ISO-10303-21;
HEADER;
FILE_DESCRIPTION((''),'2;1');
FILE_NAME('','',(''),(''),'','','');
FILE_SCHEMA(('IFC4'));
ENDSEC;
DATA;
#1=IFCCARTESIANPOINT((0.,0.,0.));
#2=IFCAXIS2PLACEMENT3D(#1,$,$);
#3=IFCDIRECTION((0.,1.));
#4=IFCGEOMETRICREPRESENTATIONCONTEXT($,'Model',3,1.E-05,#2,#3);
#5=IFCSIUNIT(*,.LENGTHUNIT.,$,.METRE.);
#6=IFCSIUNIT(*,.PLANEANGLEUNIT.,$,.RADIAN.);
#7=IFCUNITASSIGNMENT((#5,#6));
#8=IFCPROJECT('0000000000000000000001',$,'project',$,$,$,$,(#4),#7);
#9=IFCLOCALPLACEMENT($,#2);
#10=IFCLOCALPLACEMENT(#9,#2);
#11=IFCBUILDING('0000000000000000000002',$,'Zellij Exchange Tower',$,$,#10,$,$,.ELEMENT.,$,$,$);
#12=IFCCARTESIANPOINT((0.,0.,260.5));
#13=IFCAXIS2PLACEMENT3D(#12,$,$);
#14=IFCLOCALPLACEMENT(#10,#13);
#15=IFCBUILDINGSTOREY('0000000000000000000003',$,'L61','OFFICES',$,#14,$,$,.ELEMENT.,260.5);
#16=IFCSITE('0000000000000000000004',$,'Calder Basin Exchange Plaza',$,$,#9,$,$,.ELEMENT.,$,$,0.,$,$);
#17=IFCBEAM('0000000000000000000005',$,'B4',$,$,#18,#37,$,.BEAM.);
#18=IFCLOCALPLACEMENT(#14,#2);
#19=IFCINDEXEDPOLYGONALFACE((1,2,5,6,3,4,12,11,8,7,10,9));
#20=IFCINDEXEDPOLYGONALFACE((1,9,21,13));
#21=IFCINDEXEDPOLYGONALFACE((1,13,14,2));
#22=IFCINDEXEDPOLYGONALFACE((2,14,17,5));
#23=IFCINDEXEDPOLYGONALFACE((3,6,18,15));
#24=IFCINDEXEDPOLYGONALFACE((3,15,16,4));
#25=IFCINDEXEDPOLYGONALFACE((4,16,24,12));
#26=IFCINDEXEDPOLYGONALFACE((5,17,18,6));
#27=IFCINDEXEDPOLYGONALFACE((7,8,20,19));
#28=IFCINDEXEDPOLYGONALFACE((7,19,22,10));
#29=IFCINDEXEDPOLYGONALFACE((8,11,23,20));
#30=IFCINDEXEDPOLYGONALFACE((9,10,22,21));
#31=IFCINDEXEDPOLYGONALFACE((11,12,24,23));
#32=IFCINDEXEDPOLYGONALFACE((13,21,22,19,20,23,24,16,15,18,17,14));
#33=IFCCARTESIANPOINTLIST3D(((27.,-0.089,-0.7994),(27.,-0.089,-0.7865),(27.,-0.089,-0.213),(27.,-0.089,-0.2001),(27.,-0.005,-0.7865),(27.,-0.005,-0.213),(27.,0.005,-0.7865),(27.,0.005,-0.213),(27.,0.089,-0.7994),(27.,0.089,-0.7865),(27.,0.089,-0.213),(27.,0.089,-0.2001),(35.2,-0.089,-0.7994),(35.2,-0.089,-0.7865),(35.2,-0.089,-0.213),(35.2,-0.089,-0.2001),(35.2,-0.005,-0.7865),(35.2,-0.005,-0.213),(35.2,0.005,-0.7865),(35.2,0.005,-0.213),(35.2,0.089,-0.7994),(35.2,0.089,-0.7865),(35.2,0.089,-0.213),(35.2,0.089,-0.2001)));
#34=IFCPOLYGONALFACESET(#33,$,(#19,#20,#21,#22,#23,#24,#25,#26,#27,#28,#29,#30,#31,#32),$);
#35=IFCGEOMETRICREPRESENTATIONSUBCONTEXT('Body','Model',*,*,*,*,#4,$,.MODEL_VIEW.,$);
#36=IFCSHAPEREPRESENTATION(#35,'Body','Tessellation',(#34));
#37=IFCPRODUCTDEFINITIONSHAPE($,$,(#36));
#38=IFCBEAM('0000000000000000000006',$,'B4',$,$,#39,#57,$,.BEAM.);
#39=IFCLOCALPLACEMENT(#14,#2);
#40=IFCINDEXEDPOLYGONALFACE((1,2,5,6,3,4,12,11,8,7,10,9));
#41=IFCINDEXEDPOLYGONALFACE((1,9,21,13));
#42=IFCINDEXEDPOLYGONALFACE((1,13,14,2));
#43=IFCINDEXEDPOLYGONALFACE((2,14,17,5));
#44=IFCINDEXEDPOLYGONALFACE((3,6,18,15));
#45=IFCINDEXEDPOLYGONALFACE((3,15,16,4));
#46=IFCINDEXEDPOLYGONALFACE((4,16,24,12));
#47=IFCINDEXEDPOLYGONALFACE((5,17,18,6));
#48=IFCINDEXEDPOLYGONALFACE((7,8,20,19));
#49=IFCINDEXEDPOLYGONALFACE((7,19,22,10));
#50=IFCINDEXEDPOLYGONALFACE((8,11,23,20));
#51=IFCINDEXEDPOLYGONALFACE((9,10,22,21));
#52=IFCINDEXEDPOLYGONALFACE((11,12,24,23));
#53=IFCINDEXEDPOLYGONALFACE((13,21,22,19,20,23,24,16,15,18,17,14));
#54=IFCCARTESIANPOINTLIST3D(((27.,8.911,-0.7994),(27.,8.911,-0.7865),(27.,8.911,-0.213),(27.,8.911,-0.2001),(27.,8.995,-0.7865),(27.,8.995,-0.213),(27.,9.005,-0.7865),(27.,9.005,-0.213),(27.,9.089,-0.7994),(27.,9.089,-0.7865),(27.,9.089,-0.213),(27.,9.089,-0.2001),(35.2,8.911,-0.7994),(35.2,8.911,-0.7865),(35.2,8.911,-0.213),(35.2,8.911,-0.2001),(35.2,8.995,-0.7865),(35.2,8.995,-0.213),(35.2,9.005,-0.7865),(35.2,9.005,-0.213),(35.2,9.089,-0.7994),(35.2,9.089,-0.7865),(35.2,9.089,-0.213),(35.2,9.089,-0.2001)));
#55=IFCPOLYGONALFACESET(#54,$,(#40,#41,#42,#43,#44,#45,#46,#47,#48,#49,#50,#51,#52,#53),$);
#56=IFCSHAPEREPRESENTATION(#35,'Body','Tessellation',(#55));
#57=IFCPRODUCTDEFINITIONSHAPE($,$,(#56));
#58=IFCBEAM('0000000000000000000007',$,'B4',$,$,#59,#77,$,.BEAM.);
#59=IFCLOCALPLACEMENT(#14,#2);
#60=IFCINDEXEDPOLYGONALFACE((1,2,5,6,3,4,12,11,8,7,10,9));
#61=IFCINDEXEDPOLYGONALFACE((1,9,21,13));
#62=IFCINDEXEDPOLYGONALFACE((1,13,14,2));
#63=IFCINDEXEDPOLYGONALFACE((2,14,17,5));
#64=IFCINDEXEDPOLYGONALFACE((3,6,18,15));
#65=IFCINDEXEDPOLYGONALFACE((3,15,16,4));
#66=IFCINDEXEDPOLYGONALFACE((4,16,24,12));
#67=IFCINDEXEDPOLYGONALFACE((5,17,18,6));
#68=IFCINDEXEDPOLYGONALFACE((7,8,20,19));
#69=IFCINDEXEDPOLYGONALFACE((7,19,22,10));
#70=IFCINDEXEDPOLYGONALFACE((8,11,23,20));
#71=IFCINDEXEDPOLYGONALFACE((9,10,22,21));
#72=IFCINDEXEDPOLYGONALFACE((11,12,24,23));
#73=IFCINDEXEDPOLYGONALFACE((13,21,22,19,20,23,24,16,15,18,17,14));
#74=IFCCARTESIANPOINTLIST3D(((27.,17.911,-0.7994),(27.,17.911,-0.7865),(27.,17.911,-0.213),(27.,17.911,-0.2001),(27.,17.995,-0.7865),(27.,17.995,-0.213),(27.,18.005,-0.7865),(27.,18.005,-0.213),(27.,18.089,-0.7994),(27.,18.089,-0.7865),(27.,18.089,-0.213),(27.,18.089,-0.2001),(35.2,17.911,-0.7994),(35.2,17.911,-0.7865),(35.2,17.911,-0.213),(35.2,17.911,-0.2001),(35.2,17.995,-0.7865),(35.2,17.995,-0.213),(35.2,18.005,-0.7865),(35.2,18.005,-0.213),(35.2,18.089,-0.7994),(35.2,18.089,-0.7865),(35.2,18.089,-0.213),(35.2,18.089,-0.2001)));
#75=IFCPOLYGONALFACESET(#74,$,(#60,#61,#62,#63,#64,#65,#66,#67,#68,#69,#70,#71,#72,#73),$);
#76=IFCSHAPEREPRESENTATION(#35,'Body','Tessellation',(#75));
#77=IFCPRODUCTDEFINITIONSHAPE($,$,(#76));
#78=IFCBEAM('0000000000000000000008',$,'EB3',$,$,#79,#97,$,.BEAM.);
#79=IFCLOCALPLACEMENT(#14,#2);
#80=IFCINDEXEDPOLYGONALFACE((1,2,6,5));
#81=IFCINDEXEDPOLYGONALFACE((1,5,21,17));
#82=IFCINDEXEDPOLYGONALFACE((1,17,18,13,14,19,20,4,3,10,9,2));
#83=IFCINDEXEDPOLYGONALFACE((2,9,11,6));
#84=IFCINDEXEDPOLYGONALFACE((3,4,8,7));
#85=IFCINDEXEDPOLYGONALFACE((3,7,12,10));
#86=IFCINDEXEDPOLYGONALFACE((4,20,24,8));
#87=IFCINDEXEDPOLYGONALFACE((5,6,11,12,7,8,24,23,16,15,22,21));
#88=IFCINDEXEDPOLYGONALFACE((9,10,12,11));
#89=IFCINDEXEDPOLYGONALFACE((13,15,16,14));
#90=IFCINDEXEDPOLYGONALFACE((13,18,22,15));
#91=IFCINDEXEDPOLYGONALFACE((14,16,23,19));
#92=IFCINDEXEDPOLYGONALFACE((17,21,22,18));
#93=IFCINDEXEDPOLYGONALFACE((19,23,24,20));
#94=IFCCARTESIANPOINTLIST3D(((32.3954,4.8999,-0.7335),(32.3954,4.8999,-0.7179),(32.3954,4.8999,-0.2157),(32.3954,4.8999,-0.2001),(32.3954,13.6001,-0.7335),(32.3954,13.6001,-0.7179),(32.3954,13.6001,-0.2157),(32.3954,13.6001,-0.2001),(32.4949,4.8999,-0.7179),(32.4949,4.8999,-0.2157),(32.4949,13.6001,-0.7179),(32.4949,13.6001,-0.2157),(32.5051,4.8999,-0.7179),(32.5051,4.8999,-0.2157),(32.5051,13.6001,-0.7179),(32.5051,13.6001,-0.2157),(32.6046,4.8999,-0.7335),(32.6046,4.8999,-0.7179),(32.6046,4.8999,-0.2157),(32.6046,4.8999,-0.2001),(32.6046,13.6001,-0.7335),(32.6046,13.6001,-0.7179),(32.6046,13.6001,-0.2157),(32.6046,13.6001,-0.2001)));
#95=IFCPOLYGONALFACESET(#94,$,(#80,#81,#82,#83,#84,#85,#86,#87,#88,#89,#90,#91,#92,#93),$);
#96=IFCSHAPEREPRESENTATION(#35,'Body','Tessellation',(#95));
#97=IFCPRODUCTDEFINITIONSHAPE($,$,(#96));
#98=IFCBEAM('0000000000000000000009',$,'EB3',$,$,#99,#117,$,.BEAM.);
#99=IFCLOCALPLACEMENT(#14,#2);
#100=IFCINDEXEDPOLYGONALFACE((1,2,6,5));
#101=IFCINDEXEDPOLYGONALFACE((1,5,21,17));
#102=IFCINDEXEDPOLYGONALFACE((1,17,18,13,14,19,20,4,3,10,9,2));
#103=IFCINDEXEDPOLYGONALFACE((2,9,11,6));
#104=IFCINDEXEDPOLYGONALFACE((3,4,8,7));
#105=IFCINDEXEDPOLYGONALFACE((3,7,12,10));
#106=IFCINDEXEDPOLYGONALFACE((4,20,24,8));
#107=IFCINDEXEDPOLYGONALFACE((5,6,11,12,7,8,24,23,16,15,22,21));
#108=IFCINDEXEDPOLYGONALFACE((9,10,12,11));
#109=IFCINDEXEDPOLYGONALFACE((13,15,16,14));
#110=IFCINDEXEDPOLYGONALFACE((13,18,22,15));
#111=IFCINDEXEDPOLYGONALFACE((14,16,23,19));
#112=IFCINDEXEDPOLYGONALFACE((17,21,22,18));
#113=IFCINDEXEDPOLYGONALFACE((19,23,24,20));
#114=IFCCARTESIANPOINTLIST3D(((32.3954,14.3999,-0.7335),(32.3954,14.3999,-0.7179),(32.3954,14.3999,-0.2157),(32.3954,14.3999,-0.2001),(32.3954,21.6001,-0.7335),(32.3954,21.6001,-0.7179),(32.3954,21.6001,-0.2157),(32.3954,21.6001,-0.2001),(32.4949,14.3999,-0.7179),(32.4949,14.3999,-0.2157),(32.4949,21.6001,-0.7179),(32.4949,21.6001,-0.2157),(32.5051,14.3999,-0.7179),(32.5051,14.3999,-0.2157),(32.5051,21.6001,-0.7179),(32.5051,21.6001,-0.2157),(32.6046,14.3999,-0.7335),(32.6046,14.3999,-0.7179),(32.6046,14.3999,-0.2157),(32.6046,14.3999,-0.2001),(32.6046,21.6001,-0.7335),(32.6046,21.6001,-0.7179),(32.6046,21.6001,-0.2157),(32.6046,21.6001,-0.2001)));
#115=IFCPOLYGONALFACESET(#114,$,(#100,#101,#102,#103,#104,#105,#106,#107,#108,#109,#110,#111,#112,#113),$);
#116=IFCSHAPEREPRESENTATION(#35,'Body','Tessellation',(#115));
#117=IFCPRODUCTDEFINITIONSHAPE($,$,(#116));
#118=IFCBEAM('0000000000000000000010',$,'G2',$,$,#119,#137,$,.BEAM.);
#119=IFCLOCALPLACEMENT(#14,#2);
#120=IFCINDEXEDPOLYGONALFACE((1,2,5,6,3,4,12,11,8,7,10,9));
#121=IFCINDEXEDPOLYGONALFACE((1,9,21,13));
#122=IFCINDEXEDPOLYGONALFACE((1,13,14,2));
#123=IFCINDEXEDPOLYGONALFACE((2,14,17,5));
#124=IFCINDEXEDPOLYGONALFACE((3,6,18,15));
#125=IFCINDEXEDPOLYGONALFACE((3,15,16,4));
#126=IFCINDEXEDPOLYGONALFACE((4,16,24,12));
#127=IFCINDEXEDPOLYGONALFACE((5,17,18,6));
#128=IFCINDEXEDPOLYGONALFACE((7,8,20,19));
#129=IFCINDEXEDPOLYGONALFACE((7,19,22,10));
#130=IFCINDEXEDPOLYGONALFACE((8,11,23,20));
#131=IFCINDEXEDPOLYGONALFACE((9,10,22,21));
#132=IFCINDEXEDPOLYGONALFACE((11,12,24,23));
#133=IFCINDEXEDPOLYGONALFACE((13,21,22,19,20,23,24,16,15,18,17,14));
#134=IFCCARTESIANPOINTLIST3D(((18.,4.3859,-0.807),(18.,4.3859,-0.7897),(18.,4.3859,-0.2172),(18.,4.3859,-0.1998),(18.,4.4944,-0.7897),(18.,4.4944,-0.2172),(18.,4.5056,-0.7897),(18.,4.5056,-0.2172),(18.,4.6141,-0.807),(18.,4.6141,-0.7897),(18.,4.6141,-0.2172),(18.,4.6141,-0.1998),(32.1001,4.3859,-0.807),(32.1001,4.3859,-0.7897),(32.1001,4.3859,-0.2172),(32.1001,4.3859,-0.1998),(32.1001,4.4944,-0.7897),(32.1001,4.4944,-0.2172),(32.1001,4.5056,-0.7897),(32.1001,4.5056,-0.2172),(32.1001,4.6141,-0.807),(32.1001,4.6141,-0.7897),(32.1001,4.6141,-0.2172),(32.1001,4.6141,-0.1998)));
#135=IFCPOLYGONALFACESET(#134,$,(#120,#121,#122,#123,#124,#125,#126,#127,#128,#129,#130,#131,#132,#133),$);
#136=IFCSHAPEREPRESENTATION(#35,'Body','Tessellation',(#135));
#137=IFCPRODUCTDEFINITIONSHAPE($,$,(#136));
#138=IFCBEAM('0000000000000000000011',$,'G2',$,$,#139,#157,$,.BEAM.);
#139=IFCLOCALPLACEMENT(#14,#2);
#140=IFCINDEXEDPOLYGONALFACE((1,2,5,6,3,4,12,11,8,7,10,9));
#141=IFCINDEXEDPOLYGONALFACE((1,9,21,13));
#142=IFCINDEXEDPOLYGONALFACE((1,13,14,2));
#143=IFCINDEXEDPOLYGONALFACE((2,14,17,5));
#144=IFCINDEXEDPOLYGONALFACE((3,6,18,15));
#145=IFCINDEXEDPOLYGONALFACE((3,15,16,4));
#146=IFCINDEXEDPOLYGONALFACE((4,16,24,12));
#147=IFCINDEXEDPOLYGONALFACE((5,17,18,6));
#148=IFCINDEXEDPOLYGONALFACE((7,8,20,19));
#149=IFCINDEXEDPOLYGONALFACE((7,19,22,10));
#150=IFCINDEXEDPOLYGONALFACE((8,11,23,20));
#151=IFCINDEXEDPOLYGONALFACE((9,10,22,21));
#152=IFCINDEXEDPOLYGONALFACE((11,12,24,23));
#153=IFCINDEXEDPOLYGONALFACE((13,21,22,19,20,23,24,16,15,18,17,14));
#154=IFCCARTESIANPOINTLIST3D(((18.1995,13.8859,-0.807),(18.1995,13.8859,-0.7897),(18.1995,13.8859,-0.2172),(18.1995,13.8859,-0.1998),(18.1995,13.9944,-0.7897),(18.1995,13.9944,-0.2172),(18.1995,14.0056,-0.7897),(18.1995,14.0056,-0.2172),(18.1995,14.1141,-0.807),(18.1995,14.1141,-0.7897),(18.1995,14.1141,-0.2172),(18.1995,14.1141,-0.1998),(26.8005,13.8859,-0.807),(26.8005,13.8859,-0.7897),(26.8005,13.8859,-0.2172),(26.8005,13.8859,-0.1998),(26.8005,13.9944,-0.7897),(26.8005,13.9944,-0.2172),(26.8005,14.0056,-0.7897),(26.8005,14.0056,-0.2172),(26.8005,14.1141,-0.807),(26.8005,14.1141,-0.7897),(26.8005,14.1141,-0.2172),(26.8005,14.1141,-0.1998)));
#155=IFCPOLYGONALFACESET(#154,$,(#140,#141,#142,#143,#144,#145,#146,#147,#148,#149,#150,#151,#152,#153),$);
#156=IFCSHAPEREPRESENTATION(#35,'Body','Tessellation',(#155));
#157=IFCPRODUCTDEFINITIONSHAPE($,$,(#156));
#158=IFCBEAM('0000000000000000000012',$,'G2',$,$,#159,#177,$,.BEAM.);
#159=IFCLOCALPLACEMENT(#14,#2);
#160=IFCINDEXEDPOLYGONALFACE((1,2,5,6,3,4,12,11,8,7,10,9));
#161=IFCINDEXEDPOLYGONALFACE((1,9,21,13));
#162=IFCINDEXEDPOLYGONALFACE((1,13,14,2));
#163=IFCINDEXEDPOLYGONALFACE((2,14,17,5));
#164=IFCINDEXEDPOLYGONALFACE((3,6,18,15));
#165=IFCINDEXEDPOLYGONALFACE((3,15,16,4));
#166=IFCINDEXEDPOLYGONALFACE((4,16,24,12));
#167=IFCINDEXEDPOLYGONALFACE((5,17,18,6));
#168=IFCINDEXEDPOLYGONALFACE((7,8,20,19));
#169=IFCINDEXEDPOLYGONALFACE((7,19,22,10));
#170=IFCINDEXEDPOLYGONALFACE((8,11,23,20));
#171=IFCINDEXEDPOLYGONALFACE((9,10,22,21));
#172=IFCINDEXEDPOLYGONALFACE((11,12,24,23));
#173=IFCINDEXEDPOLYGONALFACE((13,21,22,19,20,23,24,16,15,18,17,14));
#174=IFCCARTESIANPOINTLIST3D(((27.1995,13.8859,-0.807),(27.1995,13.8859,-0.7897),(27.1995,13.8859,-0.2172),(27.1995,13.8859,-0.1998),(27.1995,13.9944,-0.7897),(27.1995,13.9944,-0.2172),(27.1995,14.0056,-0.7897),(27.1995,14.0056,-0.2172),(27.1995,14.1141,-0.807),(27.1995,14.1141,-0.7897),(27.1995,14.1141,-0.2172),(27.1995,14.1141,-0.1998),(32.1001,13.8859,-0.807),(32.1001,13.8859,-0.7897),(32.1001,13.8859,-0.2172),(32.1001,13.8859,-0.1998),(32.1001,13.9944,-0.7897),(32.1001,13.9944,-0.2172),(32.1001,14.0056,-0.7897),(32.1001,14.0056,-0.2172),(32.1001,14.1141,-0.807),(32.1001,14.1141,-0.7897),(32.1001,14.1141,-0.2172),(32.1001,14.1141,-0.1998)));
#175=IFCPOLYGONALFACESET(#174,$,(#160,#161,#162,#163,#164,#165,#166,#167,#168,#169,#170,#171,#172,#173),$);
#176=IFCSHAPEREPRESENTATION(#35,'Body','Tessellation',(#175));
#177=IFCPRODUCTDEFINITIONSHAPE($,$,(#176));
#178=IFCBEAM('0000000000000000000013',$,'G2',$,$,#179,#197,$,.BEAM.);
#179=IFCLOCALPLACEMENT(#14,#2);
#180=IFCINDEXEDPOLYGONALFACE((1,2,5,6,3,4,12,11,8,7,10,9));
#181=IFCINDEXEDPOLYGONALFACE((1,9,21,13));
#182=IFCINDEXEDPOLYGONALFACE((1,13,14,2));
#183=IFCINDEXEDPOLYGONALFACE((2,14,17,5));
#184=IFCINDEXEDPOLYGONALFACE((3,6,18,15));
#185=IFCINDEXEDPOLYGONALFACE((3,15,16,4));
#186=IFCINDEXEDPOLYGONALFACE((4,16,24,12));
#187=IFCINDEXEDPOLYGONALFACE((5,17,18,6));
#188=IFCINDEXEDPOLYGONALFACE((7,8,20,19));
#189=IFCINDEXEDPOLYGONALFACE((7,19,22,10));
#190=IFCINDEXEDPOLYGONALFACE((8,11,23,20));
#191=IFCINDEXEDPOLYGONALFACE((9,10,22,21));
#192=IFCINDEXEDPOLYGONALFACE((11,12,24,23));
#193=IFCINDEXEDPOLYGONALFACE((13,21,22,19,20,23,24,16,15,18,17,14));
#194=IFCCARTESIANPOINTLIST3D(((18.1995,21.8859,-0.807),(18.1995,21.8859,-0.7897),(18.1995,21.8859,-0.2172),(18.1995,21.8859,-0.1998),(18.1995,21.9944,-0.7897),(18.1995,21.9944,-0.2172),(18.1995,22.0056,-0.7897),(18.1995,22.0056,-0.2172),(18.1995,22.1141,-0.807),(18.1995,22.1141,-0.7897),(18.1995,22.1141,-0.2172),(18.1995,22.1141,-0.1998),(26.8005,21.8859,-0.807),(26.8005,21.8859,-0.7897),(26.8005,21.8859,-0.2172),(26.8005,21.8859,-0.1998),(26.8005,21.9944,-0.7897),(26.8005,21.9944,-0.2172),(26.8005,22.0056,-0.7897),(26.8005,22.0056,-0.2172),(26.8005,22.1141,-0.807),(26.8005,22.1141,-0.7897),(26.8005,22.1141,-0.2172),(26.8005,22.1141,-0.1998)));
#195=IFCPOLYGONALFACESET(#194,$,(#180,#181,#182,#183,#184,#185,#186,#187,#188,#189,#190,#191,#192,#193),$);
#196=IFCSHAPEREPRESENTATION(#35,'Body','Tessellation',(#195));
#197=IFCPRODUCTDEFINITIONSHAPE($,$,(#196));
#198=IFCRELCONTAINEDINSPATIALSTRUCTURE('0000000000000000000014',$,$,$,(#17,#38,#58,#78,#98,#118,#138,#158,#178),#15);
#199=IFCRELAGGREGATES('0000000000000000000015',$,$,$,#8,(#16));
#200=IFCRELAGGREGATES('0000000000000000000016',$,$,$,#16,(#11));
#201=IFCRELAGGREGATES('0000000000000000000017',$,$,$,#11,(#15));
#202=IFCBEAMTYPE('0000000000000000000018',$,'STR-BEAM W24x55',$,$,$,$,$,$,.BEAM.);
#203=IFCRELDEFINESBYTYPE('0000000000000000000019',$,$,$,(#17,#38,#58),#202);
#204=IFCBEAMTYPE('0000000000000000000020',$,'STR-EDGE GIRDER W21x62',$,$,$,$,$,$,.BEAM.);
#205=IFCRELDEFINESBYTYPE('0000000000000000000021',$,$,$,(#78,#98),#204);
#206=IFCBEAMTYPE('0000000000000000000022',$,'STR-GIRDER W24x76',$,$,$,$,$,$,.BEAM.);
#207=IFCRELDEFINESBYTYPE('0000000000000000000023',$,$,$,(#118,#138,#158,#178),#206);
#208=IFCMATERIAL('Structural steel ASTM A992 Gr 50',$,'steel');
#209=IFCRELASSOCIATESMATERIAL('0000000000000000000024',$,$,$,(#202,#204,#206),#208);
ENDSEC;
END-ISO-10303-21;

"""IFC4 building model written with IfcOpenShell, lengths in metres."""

from ifc_helpers import new_model, si_unit, direction, frame, origin, origin_2d, place, context, subcontext, project, spatial, i_section, extrude, material, material_profile, profile_set, type_object, element, save


model = new_model("IFC4")

# Units and contexts
model_context = context("Model", 3, precision=1e-05, world=origin(), true_north=direction((0.0, 1.0)))
body_context = subcontext(model_context, "Body", "Model", "MODEL_VIEW")
ifc_project = project(units=[si_unit("LENGTHUNIT", "METRE"), si_unit("PLANEANGLEUNIT", "RADIAN")], contexts=[model_context])

# Site, building, storey
site_placement = place(None, origin())
site = spatial("IfcSite", under=ifc_project, at=site_placement, Name="Calder Basin Exchange Plaza", CompositionType="ELEMENT", RefElevation=0.0)
building_placement = place(site_placement, origin())
building = spatial("IfcBuilding", under=site, at=building_placement, Name="Zellij Exchange Tower", CompositionType="ELEMENT")
storey_placement = place(building_placement, frame((0.0, 0.0, 260.5)))
storey = spatial("IfcBuildingStorey", under=building, at=storey_placement, Name="L61", Description="OFFICES", CompositionType="ELEMENT", Elevation=260.5)

# Shared definitions
ifc_material_1 = material(Name="Structural steel ASTM A992 Gr 50", Category="steel")

# Beams
ifc_material_profile_1 = material_profile(ifc_material_1, i_section(OverallWidth=0.178, OverallDepth=0.5994, WebThickness=0.01, FlangeThickness=0.0129, at=origin_2d()), Name="W24x55")
ifc_profile_set_1 = profile_set([ifc_material_profile_1], Name="Structural steel ASTM A992 Gr 50")
beam_type_1 = type_object("IfcBeamType", Name="STR-BEAM W24x55", PredefinedType="BEAM", material=ifc_profile_set_1)
for number, where, z_axis, x_axis, name in (
    (1, (27.0, 0.0, -0.4998), (1.0, 0.0, 0.0), (0.0, 1.0, 0.0), "B4"),
    (2, (27.0, 9.0, -0.4998), (1.0, 0.0, 0.0), (0.0, 1.0, 0.0), "B4"),
    (3, (27.0, 18.0, -0.4998), (1.0, 0.0, 0.0), (0.0, 1.0, 0.0), "B4"),
):
    element("IfcBeam", number, at=place(storey_placement, frame(where, z_axis=z_axis, x_axis=x_axis)), inside=storey, type_object=beam_type_1, Name=name, PredefinedType="BEAM", context=body_context, shape_type="SweptSolid", body=[
        extrude(i_section(OverallWidth=0.178, OverallDepth=0.5994, WebThickness=0.01, FlangeThickness=0.0129, at=origin_2d()), origin(), (0.0, 0.0, 1.0), 8.2),
    ])
ifc_material_profile_2 = material_profile(ifc_material_1, i_section(OverallWidth=0.2092, OverallDepth=0.5334, WebThickness=0.0103, FlangeThickness=0.0156, at=origin_2d()), Name="W21x62")
ifc_profile_set_2 = profile_set([ifc_material_profile_2], Name="Structural steel ASTM A992 Gr 50")
beam_type_2 = type_object("IfcBeamType", Name="STR-EDGE GIRDER W21x62", PredefinedType="BEAM", material=ifc_profile_set_2)
beam_1_placement = place(storey_placement, frame((32.5, 4.8999, -0.4668), z_axis=(0.0, 1.0, 0.0), x_axis=(-1.0, 0.0, 0.0)))
element("IfcBeam", 4, at=beam_1_placement, inside=storey, type_object=beam_type_2, Name="EB3", PredefinedType="BEAM", context=body_context, shape_type="SweptSolid", body=[
    extrude(i_section(OverallWidth=0.2092, OverallDepth=0.5334, WebThickness=0.0103, FlangeThickness=0.0156, at=origin_2d()), origin(), (0.0, 0.0, 1.0), 8.7002),
])
beam_2_placement = place(storey_placement, frame((32.5, 14.3999, -0.4668), z_axis=(0.0, 1.0, 0.0), x_axis=(-1.0, 0.0, 0.0)))
element("IfcBeam", 5, at=beam_2_placement, inside=storey, type_object=beam_type_2, Name="EB3", PredefinedType="BEAM", context=body_context, shape_type="SweptSolid", body=[
    extrude(i_section(OverallWidth=0.2092, OverallDepth=0.5334, WebThickness=0.0103, FlangeThickness=0.0156, at=origin_2d()), origin(), (0.0, 0.0, 1.0), 7.2002),
])
ifc_material_profile_3 = material_profile(ifc_material_1, i_section(OverallWidth=0.2283, OverallDepth=0.6072, WebThickness=0.0112, FlangeThickness=0.0173, at=origin_2d()), Name="W24x76")
ifc_profile_set_3 = profile_set([ifc_material_profile_3], Name="Structural steel ASTM A992 Gr 50")
beam_type_3 = type_object("IfcBeamType", Name="STR-GIRDER W24x76", PredefinedType="BEAM", material=ifc_profile_set_3)
beam_3_placement = place(storey_placement, frame((18.0, 4.5, -0.5034), z_axis=(1.0, 0.0, 0.0), x_axis=(0.0, 1.0, 0.0)))
element("IfcBeam", 6, at=beam_3_placement, inside=storey, type_object=beam_type_3, Name="G2", PredefinedType="BEAM", context=body_context, shape_type="SweptSolid", body=[
    extrude(i_section(OverallWidth=0.2283, OverallDepth=0.6072, WebThickness=0.0112, FlangeThickness=0.0173, at=origin_2d()), origin(), (0.0, 0.0, 1.0), 14.1001),
])
beam_4_placement = place(storey_placement, frame((18.1995, 14.0, -0.5034), z_axis=(1.0, 0.0, 0.0), x_axis=(0.0, 1.0, 0.0)))
element("IfcBeam", 7, at=beam_4_placement, inside=storey, type_object=beam_type_3, Name="G2", PredefinedType="BEAM", context=body_context, shape_type="SweptSolid", body=[
    extrude(i_section(OverallWidth=0.2283, OverallDepth=0.6072, WebThickness=0.0112, FlangeThickness=0.0173, at=origin_2d()), origin(), (0.0, 0.0, 1.0), 8.6011),
])
beam_5_placement = place(storey_placement, frame((27.1995, 14.0, -0.5034), z_axis=(1.0, 0.0, 0.0), x_axis=(0.0, 1.0, 0.0)))
element("IfcBeam", 8, at=beam_5_placement, inside=storey, type_object=beam_type_3, Name="G2", PredefinedType="BEAM", context=body_context, shape_type="SweptSolid", body=[
    extrude(i_section(OverallWidth=0.2283, OverallDepth=0.6072, WebThickness=0.0112, FlangeThickness=0.0173, at=origin_2d()), origin(), (0.0, 0.0, 1.0), 4.9006),
])
beam_6_placement = place(storey_placement, frame((18.1995, 22.0, -0.5034), z_axis=(1.0, 0.0, 0.0), x_axis=(0.0, 1.0, 0.0)))
element("IfcBeam", 9, at=beam_6_placement, inside=storey, type_object=beam_type_3, Name="G2", PredefinedType="BEAM", context=body_context, shape_type="SweptSolid", body=[
    extrude(i_section(OverallWidth=0.2283, OverallDepth=0.6072, WebThickness=0.0112, FlangeThickness=0.0173, at=origin_2d()), origin(), (0.0, 0.0, 1.0), 8.6011),
])

save(model, "model.ifc")
